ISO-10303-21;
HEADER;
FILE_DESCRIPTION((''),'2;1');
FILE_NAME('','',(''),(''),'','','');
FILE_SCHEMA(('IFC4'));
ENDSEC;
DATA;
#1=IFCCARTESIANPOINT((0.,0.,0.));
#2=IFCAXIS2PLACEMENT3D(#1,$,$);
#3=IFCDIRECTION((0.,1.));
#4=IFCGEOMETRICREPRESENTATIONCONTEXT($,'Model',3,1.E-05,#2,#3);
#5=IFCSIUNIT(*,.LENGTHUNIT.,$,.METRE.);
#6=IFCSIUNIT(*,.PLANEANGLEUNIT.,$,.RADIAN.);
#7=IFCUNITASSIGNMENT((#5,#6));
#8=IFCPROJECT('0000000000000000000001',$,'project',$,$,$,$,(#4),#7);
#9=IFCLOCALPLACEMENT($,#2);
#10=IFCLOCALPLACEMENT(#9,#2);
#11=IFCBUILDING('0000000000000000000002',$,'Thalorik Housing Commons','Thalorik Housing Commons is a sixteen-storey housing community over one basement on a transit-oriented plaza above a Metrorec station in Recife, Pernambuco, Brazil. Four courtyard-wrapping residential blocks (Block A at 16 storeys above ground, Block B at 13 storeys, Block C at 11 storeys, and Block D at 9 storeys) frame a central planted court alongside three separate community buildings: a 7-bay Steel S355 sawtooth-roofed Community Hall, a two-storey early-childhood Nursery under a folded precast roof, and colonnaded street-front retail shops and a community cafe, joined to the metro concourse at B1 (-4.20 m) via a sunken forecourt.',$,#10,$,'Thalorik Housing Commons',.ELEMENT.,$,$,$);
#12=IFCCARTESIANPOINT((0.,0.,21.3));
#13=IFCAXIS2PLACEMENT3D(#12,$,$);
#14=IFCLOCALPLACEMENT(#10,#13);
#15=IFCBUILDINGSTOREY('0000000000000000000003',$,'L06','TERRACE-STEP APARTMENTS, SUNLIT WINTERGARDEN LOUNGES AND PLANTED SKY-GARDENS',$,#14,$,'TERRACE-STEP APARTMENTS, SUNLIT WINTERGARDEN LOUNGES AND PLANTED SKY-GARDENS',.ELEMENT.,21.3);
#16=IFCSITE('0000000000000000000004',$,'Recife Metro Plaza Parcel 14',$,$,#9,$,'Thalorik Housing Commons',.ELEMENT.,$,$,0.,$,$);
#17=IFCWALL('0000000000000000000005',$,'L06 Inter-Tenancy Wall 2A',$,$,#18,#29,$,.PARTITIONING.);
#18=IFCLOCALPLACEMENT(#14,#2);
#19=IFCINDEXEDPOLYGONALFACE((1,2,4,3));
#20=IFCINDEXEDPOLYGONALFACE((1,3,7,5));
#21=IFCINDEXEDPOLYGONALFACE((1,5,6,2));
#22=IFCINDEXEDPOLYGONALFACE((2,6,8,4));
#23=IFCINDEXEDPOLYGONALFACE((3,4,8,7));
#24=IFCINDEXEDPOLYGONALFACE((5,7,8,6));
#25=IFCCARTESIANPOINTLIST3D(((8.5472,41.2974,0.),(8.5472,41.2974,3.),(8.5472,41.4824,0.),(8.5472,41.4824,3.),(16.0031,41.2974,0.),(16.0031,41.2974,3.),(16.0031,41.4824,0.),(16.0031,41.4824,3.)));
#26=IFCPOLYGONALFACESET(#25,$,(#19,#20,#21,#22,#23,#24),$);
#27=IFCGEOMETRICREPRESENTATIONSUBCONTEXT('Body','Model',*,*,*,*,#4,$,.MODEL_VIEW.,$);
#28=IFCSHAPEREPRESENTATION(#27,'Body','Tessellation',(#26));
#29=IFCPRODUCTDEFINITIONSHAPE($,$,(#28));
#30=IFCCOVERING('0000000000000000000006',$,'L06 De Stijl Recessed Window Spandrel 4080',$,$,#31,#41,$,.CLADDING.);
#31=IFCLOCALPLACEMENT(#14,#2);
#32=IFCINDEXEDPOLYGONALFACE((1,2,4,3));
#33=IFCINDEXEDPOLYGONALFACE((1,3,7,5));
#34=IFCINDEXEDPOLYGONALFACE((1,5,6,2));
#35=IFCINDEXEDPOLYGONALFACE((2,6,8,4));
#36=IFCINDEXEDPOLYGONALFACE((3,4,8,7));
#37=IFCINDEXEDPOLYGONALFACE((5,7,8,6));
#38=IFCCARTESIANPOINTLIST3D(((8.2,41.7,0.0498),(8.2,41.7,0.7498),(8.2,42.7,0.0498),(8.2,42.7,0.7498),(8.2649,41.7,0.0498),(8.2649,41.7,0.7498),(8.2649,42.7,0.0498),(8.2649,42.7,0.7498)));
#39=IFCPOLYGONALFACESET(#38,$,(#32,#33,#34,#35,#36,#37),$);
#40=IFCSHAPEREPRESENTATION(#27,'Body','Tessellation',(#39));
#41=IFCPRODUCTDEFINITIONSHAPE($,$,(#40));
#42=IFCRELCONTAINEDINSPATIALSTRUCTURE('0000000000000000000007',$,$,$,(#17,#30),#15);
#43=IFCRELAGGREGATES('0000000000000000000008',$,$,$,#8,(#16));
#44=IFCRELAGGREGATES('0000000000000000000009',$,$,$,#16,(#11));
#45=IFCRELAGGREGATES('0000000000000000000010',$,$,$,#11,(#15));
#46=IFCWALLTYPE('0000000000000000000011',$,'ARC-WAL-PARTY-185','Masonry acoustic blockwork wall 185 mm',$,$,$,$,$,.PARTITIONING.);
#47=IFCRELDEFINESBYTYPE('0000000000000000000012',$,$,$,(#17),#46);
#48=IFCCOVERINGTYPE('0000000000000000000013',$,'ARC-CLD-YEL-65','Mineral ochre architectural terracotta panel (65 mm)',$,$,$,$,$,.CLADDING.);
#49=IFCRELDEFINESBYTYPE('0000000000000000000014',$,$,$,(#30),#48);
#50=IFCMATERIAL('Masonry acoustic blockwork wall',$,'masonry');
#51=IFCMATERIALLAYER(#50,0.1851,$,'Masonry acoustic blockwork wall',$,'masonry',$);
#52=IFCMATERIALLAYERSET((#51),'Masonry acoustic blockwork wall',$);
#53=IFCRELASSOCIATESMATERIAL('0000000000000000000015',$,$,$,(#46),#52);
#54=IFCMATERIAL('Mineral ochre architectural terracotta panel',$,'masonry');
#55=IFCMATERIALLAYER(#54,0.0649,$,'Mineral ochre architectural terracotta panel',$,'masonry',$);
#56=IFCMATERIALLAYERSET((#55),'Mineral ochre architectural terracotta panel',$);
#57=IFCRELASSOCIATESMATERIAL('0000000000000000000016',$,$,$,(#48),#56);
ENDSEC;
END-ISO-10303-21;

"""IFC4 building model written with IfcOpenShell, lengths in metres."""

from ifc_helpers import new_model, si_unit, direction, frame, frame_2d, origin, origin_2d, place, context, subcontext, project, spatial, rectangle, extrude, material, layer, layer_set, type_object, element, save


model = new_model("IFC4")

# Units and contexts
model_context = context("Model", 3, precision=1e-05, world=origin(), true_north=direction((0.0, 1.0)))
body_context = subcontext(model_context, "Body", "Model", "MODEL_VIEW")
ifc_project = project(units=[si_unit("LENGTHUNIT", "METRE"), si_unit("PLANEANGLEUNIT", "RADIAN")], contexts=[model_context])

# Site, building, storey
site_placement = place(None, origin())
site = spatial("IfcSite", under=ifc_project, at=site_placement, Name="Recife Metro Plaza Parcel 14", LongName="Thalorik Housing Commons", CompositionType="ELEMENT", RefElevation=0.0)
building_placement = place(site_placement, origin())
building = spatial("IfcBuilding", under=site, at=building_placement, Name="Thalorik Housing Commons", Description="Thalorik Housing Commons is a sixteen-storey housing community over one basement on a transit-oriented plaza above a Metrorec station in Recife, Pernambuco, Brazil. Four courtyard-wrapping residential blocks (Block A at 16 storeys above ground, Block B at 13 storeys, Block C at 11 storeys, and Block D at 9 storeys) frame a central planted court alongside three separate community buildings: a 7-bay Steel S355 sawtooth-roofed Community Hall, a two-storey early-childhood Nursery under a folded precast roof, and colonnaded street-front retail shops and a community cafe, joined to the metro concourse at B1 (-4.20 m) via a sunken forecourt.", LongName="Thalorik Housing Commons", CompositionType="ELEMENT")
storey_placement = place(building_placement, frame((0.0, 0.0, 21.3)))
storey = spatial("IfcBuildingStorey", under=building, at=storey_placement, Name="L06", Description="TERRACE-STEP APARTMENTS, SUNLIT WINTERGARDEN LOUNGES AND PLANTED SKY-GARDENS", LongName="TERRACE-STEP APARTMENTS, SUNLIT WINTERGARDEN LOUNGES AND PLANTED SKY-GARDENS", CompositionType="ELEMENT", Elevation=21.3)

# Wall
ifc_material_1 = material(Name="Masonry acoustic blockwork wall", Category="masonry")
ifc_layer_1 = layer(ifc_material_1, 0.1851, Name="Masonry acoustic blockwork wall", Category="masonry")
ifc_layer_set_1 = layer_set([ifc_layer_1], Name="Masonry acoustic blockwork wall")
wall_type_1 = type_object("IfcWallType", Name="ARC-WAL-PARTY-185", Description="Masonry acoustic blockwork wall 185 mm", PredefinedType="PARTITIONING", material=ifc_layer_set_1)
wall_1_placement = place(storey_placement, frame((8.5471, 41.3899, 0.0), z_axis=(0.0, 0.0, 1.0), x_axis=(1.0, 0.0, 0.0)))
element("IfcWall", 1, at=wall_1_placement, inside=storey, type_object=wall_type_1, Name="L06 Inter-Tenancy Wall 2A", PredefinedType="PARTITIONING", context=body_context, shape_type="SweptSolid", body=[
    extrude(rectangle(XDim=7.4558, YDim=0.1851, at=frame_2d((3.728, 0.0))), origin(), (0.0, 0.0, 1.0), 3.0),
])

# Covering
ifc_material_2 = material(Name="Mineral ochre architectural terracotta panel", Category="masonry")
ifc_layer_2 = layer(ifc_material_2, 0.0649, Name="Mineral ochre architectural terracotta panel", Category="masonry")
ifc_layer_set_2 = layer_set([ifc_layer_2], Name="Mineral ochre architectural terracotta panel")
covering_type_1 = type_object("IfcCoveringType", Name="ARC-CLD-YEL-65", Description="Mineral ochre architectural terracotta panel (65 mm)", PredefinedType="CLADDING", material=ifc_layer_set_2)
covering_1_placement = place(storey_placement, frame((8.2324, 42.2, 0.0498), z_axis=(0.0, 0.0, 1.0), x_axis=(0.0, -1.0, 0.0)))
element("IfcCovering", 2, at=covering_1_placement, inside=storey, type_object=covering_type_1, Name="L06 De Stijl Recessed Window Spandrel 4080", PredefinedType="CLADDING", context=body_context, shape_type="SweptSolid", body=[
    extrude(rectangle(XDim=1.0, YDim=0.0649, at=origin_2d()), origin(), (0.0, 0.0, 1.0), 0.7),
])

save(model, "model.ifc")
